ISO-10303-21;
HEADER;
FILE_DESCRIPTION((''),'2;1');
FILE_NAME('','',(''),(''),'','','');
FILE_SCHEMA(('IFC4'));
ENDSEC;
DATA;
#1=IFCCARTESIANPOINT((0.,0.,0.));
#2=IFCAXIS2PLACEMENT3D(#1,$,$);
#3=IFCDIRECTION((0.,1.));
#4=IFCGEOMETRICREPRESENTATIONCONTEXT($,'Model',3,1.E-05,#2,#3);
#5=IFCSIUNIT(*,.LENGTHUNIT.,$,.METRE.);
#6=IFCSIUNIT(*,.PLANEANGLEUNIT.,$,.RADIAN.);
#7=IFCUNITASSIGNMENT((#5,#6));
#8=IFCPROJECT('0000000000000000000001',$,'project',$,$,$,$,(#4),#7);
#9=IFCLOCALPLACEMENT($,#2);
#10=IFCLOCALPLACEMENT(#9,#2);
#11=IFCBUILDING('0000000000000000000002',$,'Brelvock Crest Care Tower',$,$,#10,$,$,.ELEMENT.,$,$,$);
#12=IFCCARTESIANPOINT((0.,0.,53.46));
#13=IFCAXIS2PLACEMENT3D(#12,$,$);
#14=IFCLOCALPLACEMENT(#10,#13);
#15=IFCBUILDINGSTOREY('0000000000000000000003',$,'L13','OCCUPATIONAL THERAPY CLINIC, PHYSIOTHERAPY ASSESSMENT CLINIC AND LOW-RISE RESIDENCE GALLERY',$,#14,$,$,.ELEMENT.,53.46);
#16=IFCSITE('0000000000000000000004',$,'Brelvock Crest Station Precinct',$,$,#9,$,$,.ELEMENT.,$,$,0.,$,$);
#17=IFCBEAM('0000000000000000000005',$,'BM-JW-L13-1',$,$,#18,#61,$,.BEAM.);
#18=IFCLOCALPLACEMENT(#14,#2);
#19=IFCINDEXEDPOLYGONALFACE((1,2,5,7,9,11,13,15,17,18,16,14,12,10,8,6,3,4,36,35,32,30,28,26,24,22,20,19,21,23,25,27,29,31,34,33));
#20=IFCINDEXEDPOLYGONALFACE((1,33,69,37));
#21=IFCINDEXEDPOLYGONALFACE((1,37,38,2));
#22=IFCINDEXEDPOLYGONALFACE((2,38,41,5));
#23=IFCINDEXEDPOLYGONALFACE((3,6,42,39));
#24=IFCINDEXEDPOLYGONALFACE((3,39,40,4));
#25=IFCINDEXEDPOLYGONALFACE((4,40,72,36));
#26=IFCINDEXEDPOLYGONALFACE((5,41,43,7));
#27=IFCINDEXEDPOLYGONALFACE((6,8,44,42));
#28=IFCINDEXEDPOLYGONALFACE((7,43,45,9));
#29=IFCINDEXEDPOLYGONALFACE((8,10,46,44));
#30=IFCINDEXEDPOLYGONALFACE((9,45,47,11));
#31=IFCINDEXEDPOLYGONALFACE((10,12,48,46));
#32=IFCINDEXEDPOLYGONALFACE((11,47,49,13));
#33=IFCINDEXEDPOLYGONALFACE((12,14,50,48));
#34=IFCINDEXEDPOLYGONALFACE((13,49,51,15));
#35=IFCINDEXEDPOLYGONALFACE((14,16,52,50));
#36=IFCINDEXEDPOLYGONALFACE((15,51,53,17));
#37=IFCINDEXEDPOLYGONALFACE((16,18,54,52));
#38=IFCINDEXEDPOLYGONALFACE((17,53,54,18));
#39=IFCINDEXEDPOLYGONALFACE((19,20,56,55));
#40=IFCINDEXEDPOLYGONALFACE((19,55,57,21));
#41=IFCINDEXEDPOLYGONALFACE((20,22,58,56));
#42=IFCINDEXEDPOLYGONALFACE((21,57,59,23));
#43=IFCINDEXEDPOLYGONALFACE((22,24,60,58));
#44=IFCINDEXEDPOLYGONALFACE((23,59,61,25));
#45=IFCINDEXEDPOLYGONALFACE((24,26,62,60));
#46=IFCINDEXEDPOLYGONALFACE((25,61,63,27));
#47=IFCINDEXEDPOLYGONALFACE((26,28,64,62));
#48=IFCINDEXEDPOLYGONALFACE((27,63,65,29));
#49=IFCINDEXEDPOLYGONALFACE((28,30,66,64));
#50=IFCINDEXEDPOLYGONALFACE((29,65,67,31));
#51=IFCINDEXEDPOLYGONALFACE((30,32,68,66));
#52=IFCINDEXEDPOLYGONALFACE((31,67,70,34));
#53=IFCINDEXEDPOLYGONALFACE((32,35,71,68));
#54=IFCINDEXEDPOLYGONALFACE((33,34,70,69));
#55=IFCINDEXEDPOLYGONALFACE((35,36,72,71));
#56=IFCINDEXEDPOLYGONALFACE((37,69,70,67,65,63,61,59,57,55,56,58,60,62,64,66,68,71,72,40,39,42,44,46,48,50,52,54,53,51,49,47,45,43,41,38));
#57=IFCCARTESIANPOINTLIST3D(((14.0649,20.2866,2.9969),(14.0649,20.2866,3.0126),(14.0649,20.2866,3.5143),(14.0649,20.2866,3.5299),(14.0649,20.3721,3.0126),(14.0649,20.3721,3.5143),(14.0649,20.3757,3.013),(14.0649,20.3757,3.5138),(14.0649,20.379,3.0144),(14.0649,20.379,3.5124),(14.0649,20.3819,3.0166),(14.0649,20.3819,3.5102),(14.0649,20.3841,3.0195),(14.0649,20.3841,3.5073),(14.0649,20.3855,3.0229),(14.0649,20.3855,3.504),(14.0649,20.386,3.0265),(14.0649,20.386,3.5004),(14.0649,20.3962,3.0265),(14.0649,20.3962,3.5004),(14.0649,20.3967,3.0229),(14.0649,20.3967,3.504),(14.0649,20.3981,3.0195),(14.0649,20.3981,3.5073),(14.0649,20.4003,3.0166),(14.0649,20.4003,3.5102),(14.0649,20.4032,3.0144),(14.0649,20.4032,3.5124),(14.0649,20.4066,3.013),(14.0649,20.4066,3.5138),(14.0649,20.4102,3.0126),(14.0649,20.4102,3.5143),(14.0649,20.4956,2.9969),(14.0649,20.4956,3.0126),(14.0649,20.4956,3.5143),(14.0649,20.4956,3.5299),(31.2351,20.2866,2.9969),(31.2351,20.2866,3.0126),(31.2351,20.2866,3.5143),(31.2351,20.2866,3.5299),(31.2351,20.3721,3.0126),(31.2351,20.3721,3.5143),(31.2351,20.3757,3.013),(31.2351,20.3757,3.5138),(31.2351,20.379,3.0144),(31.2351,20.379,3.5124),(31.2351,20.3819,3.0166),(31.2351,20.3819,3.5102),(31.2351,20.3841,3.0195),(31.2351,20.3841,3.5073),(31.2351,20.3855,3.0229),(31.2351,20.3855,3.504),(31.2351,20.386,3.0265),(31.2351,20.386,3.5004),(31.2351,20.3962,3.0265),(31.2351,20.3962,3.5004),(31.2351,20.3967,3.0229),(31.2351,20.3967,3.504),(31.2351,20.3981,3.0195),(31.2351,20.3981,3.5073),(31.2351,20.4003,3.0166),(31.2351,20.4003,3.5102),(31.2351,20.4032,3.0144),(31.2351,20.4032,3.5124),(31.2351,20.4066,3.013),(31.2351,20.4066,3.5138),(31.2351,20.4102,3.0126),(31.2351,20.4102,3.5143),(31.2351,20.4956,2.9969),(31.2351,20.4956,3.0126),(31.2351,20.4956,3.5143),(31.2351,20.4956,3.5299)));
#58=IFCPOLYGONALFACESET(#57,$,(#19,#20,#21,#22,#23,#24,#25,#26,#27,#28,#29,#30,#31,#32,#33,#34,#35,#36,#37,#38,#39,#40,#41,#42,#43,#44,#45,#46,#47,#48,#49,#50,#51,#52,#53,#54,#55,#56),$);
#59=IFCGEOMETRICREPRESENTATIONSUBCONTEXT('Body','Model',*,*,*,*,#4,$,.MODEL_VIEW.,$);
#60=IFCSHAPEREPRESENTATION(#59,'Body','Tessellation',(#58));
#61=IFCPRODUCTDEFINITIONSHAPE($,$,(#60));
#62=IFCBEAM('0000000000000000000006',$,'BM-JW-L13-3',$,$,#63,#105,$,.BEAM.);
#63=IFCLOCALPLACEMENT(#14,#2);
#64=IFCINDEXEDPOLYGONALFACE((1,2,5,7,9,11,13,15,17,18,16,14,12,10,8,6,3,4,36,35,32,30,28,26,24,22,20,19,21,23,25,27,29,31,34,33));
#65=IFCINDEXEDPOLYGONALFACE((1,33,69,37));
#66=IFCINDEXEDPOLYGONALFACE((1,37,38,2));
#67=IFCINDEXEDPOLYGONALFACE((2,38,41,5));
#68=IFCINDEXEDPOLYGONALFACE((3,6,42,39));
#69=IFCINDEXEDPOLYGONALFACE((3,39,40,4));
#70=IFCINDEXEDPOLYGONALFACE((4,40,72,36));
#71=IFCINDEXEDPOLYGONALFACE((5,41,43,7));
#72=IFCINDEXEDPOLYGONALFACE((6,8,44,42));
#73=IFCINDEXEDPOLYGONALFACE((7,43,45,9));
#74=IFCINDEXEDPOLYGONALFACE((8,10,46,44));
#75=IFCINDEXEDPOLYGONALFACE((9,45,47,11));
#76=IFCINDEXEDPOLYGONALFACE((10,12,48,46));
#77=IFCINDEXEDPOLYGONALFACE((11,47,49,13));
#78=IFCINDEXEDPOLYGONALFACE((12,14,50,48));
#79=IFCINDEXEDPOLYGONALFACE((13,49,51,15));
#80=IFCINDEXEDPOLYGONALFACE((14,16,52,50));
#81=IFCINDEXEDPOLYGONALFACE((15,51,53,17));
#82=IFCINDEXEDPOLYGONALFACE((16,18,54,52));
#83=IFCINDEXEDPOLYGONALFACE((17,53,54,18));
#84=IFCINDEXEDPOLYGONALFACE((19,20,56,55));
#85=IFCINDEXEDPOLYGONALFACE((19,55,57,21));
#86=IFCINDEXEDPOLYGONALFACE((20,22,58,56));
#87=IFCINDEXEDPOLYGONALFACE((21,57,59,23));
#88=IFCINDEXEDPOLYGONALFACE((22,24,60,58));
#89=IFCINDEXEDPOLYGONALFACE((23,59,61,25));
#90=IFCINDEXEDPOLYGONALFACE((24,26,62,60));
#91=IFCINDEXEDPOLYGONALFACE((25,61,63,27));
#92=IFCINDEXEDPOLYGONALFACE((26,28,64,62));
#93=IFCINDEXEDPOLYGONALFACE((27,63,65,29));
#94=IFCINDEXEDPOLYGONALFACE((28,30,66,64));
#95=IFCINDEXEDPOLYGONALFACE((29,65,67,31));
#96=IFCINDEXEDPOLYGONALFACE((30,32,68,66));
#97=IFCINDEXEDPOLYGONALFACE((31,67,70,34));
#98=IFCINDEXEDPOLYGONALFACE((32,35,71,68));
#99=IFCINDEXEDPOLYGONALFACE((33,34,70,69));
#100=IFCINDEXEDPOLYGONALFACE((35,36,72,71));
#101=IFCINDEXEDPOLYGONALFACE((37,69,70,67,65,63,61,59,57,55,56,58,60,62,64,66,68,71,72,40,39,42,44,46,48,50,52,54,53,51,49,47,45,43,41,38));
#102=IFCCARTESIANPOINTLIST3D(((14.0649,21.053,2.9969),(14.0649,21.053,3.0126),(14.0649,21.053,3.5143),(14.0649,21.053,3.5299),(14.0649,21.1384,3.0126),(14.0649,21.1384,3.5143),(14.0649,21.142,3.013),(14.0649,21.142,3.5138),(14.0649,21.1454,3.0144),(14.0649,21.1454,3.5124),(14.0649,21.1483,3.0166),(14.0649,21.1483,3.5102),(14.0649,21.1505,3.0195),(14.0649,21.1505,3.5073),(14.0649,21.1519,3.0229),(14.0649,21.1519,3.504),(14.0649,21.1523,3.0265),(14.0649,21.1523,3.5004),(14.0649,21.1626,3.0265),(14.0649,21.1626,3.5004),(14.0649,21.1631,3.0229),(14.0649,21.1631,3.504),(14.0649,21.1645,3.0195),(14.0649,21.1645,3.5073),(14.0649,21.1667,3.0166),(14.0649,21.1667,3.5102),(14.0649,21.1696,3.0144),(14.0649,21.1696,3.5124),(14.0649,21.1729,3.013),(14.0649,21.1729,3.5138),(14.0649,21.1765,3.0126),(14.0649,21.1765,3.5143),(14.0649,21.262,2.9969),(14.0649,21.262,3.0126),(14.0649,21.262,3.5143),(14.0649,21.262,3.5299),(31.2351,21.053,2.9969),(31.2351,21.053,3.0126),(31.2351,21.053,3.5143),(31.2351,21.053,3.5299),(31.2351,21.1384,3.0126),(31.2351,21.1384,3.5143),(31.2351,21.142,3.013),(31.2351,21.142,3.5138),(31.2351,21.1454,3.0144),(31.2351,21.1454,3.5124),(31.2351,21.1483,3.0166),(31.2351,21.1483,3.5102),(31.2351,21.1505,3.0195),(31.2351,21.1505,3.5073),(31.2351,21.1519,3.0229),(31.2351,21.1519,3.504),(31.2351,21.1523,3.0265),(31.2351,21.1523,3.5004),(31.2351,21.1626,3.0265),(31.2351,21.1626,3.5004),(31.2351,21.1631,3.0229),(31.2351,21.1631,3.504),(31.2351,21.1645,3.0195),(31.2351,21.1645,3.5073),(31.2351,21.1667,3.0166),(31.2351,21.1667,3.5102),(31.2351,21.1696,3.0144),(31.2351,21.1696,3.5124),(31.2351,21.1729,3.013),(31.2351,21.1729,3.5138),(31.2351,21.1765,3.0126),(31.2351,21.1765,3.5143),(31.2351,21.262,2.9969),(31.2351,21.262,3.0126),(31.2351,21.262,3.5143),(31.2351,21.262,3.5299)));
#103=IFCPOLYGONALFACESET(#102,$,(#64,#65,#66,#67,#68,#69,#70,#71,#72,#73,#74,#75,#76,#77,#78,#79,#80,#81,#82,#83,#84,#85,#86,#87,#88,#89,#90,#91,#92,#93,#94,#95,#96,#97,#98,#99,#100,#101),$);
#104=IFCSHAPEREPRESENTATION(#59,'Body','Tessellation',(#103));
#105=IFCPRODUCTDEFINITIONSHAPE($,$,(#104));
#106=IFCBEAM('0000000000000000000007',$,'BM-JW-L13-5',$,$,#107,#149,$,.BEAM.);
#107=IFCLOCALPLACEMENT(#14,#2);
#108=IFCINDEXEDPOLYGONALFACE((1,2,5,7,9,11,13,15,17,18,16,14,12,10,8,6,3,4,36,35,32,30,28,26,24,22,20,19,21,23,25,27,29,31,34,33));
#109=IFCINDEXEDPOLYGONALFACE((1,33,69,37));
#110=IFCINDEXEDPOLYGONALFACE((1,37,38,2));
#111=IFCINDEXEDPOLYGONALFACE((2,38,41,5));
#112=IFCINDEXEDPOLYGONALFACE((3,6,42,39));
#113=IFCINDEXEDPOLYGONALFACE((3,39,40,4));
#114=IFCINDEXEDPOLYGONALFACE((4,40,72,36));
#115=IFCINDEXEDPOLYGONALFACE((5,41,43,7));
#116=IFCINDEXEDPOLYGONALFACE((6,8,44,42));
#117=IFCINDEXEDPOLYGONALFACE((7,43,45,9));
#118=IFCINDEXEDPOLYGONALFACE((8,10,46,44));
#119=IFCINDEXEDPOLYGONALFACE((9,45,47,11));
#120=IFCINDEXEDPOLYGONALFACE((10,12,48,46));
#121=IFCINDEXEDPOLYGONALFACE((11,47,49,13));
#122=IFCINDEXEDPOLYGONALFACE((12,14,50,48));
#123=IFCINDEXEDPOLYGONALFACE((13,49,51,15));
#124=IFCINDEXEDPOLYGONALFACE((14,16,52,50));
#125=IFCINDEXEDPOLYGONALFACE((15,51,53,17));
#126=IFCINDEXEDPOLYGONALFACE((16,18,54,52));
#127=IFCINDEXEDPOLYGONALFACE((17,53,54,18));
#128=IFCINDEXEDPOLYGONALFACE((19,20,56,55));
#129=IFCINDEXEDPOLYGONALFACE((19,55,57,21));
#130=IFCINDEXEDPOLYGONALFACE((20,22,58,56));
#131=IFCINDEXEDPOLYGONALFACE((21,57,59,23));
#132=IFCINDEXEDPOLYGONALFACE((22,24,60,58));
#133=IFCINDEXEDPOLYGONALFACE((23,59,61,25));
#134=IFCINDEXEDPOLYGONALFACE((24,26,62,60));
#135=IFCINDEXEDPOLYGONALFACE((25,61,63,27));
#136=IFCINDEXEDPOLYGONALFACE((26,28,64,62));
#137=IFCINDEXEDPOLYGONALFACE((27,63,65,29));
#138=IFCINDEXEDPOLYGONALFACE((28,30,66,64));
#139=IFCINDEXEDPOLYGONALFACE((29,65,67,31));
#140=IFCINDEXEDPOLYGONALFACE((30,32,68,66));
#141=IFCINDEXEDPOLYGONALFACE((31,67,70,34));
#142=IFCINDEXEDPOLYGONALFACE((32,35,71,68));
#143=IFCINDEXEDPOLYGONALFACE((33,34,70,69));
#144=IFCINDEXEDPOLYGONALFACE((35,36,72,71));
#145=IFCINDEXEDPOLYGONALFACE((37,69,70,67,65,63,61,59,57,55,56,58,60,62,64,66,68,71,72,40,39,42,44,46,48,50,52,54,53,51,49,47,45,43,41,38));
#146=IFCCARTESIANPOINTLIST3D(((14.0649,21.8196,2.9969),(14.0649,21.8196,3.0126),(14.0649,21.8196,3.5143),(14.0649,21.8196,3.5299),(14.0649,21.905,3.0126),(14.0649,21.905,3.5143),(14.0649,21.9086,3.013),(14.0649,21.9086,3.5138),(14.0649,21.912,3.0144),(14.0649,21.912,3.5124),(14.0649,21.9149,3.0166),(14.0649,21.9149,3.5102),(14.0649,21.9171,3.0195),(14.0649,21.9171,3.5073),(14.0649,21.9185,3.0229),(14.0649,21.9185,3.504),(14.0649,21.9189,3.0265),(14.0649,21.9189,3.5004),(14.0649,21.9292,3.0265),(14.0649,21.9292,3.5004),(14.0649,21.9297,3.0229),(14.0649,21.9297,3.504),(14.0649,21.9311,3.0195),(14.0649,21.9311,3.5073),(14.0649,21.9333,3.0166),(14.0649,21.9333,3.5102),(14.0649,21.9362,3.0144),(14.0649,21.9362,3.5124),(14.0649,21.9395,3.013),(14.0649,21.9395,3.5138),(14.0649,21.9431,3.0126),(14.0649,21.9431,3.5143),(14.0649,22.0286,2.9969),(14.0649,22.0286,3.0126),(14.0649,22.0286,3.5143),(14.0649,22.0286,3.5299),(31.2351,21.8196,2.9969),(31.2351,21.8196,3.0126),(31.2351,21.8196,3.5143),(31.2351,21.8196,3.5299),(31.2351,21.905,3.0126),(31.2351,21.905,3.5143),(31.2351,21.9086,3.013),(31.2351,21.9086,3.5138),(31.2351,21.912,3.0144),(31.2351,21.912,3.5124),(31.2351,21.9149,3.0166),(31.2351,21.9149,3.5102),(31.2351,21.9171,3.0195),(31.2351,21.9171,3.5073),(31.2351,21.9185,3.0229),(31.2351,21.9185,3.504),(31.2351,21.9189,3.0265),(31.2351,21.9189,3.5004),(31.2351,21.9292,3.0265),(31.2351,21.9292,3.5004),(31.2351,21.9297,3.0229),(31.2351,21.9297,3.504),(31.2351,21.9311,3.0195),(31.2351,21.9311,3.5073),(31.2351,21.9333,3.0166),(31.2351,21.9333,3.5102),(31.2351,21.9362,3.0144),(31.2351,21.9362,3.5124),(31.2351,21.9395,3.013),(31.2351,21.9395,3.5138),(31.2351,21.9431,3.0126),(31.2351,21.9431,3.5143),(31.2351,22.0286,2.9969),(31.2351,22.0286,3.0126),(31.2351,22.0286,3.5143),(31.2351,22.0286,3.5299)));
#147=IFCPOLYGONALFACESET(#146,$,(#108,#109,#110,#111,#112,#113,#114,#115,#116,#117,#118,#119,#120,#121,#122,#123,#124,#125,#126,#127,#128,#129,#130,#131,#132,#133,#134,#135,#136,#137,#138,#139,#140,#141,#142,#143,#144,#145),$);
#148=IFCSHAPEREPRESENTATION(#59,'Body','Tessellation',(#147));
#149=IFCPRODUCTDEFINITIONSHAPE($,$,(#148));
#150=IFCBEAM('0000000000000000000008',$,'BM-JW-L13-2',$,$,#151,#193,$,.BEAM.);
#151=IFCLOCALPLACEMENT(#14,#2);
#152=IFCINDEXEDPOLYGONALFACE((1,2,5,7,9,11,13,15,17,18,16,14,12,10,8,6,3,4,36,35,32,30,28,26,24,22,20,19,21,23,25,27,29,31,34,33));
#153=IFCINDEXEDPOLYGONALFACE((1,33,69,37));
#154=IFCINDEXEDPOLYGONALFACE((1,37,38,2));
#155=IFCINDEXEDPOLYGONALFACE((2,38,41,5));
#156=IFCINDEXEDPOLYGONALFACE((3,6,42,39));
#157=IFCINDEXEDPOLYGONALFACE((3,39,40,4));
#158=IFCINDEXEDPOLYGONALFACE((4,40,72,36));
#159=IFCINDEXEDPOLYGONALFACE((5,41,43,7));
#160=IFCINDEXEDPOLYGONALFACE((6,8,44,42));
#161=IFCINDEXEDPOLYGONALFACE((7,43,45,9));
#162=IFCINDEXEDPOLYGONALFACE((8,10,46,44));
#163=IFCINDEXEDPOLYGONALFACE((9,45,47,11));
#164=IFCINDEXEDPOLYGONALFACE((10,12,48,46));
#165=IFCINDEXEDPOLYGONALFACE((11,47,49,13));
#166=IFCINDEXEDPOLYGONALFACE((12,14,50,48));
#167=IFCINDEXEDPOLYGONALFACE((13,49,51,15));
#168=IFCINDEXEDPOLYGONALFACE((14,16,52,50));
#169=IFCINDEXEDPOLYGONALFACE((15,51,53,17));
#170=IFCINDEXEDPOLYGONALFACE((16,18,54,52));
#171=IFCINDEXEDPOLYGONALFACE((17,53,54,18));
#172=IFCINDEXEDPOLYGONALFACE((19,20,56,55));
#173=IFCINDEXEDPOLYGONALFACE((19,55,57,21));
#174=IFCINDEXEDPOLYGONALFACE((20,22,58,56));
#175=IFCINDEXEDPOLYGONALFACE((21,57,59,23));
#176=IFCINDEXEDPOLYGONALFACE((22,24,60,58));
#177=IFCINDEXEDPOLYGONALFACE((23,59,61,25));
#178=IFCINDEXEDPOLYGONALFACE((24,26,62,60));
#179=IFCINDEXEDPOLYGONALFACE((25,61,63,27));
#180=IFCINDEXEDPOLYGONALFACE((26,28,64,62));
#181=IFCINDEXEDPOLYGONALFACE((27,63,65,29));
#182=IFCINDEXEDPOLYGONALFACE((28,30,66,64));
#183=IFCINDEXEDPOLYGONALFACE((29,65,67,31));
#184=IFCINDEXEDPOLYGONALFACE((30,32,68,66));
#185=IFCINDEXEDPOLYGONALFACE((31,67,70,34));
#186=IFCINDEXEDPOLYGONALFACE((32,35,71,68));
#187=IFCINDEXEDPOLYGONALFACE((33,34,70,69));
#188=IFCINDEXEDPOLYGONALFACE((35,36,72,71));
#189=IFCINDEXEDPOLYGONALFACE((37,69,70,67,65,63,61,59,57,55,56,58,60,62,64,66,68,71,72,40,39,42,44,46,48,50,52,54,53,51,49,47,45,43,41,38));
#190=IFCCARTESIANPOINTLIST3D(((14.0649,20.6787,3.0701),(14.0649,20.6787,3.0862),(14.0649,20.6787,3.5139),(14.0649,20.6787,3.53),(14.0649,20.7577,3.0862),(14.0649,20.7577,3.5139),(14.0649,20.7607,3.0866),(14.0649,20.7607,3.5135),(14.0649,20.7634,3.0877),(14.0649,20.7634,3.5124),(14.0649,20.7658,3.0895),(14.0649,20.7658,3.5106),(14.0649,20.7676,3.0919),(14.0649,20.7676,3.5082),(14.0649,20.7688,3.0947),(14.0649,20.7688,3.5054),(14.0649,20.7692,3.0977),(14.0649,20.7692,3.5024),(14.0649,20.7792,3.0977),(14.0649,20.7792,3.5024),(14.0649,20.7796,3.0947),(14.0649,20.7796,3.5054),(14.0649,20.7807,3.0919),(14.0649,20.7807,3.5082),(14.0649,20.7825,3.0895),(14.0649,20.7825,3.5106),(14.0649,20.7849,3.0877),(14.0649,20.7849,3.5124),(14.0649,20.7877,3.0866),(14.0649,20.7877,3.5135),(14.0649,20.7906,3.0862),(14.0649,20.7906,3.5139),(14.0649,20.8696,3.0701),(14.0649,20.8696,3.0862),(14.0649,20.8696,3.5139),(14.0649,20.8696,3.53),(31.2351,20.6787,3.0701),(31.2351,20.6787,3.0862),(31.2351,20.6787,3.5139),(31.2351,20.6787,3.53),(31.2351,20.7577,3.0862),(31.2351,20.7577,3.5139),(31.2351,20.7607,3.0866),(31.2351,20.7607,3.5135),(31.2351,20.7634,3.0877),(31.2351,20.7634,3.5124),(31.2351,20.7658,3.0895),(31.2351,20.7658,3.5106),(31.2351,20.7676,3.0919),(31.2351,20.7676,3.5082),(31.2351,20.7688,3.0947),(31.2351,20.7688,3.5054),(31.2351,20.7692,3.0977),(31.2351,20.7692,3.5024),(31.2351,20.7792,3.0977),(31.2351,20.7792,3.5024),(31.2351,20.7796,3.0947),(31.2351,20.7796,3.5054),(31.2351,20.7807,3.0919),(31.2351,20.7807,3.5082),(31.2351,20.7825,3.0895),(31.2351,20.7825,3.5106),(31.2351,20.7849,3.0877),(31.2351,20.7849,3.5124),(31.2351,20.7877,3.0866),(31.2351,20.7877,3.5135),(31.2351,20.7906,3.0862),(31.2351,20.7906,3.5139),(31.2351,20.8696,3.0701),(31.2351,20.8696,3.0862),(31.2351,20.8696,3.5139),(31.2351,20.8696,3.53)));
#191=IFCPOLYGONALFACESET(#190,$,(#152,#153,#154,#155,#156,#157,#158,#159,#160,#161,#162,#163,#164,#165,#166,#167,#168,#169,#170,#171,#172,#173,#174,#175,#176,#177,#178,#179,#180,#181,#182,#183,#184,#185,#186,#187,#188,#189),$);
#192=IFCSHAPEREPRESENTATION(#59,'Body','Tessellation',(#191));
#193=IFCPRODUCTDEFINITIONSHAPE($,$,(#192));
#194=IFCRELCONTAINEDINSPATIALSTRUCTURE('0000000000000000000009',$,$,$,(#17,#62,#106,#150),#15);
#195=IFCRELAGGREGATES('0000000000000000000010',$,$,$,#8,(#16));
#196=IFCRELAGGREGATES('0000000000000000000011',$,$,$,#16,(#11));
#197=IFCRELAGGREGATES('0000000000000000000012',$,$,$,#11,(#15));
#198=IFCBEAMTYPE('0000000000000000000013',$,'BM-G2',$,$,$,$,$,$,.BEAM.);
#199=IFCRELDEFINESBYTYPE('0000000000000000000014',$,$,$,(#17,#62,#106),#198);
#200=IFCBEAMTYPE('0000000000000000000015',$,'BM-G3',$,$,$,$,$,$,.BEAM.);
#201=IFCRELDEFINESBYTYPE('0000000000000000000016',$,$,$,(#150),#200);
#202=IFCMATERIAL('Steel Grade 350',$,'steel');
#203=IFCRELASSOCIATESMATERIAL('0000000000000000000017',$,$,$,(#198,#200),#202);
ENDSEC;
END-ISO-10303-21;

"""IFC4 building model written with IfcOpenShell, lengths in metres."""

from ifc_helpers import new_model, si_unit, direction, frame, origin, origin_2d, place, context, subcontext, project, spatial, i_section, extrude, source, transform, mapped, material, material_profile, profile_set, type_object, element, save


model = new_model("IFC4")

# Units and contexts
model_context = context("Model", 3, precision=1e-05, world=origin(), true_north=direction((0.0, 1.0)))
body_context = subcontext(model_context, "Body", "Model", "MODEL_VIEW")
ifc_project = project(units=[si_unit("LENGTHUNIT", "METRE"), si_unit("PLANEANGLEUNIT", "RADIAN")], contexts=[model_context])

# Site, building, storey
site_placement = place(None, origin())
site = spatial("IfcSite", under=ifc_project, at=site_placement, Name="Brelvock Crest Station Precinct", CompositionType="ELEMENT", RefElevation=0.0)
building_placement = place(site_placement, origin())
building = spatial("IfcBuilding", under=site, at=building_placement, Name="Brelvock Crest Care Tower", CompositionType="ELEMENT")
storey_placement = place(building_placement, frame((0.0, 0.0, 53.46)))
storey = spatial("IfcBuildingStorey", under=building, at=storey_placement, Name="L13", Description="OCCUPATIONAL THERAPY CLINIC, PHYSIOTHERAPY ASSESSMENT CLINIC AND LOW-RISE RESIDENCE GALLERY", CompositionType="ELEMENT", Elevation=53.46)

# Shared definitions
ifc_material_1 = material(Name="Steel Grade 350", Category="steel")

# Beams
ifc_material_profile_1 = material_profile(ifc_material_1, i_section(OverallWidth=0.209, OverallDepth=0.533, WebThickness=0.0103, FlangeThickness=0.0156, FilletRadius=0.0139, at=origin_2d()), Name="530UB92.4")
ifc_profile_set_1 = profile_set([ifc_material_profile_1], Name="Steel Grade 350")
beam_type_1 = type_object("IfcBeamType", Name="BM-G2", PredefinedType="BEAM", material=ifc_profile_set_1)
shared_shape_1 = source(origin(), body_context, "Body", "SweptSolid", [
    extrude(i_section(OverallWidth=0.209, OverallDepth=0.533, WebThickness=0.0103, FlangeThickness=0.0156, FilletRadius=0.0139, at=origin_2d()), origin(), (0.0, 0.0, 1.0), 17.1702),
])
for number, where, z_axis, x_axis, name in (
    (1, (14.0649, 20.3911, 3.2634), (1.0, 0.0, 0.0), (0.0, 1.0, 0.0), "BM-JW-L13-1"),
    (2, (14.0649, 21.1575, 3.2634), (1.0, 0.0, 0.0), (0.0, 1.0, 0.0), "BM-JW-L13-3"),
    (3, (14.0649, 21.9241, 3.2634), (1.0, 0.0, 0.0), (0.0, 1.0, 0.0), "BM-JW-L13-5"),
):
    element("IfcBeam", number, at=place(storey_placement, frame(where, z_axis=z_axis, x_axis=x_axis)), inside=storey, type_object=beam_type_1, Name=name, PredefinedType="BEAM", context=body_context, shape_type="MappedRepresentation", body=[
        mapped(shared_shape_1, transform((0.0, 0.0, 0.0), x_axis=(1.0, 0.0, 0.0), y_axis=(0.0, 1.0, 0.0), z_axis=(0.0, 0.0, 1.0), scale=1.0)),
    ])
ifc_material_profile_2 = material_profile(ifc_material_1, i_section(OverallWidth=0.1909, OverallDepth=0.46, WebThickness=0.01, FlangeThickness=0.0161, FilletRadius=0.0115, at=origin_2d()), Name="460UB82.1")
ifc_profile_set_2 = profile_set([ifc_material_profile_2], Name="Steel Grade 350")
beam_type_2 = type_object("IfcBeamType", Name="BM-G3", PredefinedType="BEAM", material=ifc_profile_set_2)
shared_shape_2 = source(origin(), body_context, "Body", "SweptSolid", [
    extrude(i_section(OverallWidth=0.1909, OverallDepth=0.46, WebThickness=0.01, FlangeThickness=0.0161, FilletRadius=0.0115, at=origin_2d()), origin(), (0.0, 0.0, 1.0), 17.1702),
])
for number, where, z_axis, x_axis, name in (
    (4, (14.0649, 20.7742, 3.3), (1.0, 0.0, 0.0), (0.0, 1.0, 0.0), "BM-JW-L13-2"),
):
    element("IfcBeam", number, at=place(storey_placement, frame(where, z_axis=z_axis, x_axis=x_axis)), inside=storey, type_object=beam_type_2, Name=name, PredefinedType="BEAM", context=body_context, shape_type="MappedRepresentation", body=[
        mapped(shared_shape_2, transform((0.0, 0.0, 0.0), x_axis=(1.0, 0.0, 0.0), y_axis=(0.0, 1.0, 0.0), z_axis=(0.0, 0.0, 1.0), scale=1.0)),
    ])

save(model, "model.ifc")
